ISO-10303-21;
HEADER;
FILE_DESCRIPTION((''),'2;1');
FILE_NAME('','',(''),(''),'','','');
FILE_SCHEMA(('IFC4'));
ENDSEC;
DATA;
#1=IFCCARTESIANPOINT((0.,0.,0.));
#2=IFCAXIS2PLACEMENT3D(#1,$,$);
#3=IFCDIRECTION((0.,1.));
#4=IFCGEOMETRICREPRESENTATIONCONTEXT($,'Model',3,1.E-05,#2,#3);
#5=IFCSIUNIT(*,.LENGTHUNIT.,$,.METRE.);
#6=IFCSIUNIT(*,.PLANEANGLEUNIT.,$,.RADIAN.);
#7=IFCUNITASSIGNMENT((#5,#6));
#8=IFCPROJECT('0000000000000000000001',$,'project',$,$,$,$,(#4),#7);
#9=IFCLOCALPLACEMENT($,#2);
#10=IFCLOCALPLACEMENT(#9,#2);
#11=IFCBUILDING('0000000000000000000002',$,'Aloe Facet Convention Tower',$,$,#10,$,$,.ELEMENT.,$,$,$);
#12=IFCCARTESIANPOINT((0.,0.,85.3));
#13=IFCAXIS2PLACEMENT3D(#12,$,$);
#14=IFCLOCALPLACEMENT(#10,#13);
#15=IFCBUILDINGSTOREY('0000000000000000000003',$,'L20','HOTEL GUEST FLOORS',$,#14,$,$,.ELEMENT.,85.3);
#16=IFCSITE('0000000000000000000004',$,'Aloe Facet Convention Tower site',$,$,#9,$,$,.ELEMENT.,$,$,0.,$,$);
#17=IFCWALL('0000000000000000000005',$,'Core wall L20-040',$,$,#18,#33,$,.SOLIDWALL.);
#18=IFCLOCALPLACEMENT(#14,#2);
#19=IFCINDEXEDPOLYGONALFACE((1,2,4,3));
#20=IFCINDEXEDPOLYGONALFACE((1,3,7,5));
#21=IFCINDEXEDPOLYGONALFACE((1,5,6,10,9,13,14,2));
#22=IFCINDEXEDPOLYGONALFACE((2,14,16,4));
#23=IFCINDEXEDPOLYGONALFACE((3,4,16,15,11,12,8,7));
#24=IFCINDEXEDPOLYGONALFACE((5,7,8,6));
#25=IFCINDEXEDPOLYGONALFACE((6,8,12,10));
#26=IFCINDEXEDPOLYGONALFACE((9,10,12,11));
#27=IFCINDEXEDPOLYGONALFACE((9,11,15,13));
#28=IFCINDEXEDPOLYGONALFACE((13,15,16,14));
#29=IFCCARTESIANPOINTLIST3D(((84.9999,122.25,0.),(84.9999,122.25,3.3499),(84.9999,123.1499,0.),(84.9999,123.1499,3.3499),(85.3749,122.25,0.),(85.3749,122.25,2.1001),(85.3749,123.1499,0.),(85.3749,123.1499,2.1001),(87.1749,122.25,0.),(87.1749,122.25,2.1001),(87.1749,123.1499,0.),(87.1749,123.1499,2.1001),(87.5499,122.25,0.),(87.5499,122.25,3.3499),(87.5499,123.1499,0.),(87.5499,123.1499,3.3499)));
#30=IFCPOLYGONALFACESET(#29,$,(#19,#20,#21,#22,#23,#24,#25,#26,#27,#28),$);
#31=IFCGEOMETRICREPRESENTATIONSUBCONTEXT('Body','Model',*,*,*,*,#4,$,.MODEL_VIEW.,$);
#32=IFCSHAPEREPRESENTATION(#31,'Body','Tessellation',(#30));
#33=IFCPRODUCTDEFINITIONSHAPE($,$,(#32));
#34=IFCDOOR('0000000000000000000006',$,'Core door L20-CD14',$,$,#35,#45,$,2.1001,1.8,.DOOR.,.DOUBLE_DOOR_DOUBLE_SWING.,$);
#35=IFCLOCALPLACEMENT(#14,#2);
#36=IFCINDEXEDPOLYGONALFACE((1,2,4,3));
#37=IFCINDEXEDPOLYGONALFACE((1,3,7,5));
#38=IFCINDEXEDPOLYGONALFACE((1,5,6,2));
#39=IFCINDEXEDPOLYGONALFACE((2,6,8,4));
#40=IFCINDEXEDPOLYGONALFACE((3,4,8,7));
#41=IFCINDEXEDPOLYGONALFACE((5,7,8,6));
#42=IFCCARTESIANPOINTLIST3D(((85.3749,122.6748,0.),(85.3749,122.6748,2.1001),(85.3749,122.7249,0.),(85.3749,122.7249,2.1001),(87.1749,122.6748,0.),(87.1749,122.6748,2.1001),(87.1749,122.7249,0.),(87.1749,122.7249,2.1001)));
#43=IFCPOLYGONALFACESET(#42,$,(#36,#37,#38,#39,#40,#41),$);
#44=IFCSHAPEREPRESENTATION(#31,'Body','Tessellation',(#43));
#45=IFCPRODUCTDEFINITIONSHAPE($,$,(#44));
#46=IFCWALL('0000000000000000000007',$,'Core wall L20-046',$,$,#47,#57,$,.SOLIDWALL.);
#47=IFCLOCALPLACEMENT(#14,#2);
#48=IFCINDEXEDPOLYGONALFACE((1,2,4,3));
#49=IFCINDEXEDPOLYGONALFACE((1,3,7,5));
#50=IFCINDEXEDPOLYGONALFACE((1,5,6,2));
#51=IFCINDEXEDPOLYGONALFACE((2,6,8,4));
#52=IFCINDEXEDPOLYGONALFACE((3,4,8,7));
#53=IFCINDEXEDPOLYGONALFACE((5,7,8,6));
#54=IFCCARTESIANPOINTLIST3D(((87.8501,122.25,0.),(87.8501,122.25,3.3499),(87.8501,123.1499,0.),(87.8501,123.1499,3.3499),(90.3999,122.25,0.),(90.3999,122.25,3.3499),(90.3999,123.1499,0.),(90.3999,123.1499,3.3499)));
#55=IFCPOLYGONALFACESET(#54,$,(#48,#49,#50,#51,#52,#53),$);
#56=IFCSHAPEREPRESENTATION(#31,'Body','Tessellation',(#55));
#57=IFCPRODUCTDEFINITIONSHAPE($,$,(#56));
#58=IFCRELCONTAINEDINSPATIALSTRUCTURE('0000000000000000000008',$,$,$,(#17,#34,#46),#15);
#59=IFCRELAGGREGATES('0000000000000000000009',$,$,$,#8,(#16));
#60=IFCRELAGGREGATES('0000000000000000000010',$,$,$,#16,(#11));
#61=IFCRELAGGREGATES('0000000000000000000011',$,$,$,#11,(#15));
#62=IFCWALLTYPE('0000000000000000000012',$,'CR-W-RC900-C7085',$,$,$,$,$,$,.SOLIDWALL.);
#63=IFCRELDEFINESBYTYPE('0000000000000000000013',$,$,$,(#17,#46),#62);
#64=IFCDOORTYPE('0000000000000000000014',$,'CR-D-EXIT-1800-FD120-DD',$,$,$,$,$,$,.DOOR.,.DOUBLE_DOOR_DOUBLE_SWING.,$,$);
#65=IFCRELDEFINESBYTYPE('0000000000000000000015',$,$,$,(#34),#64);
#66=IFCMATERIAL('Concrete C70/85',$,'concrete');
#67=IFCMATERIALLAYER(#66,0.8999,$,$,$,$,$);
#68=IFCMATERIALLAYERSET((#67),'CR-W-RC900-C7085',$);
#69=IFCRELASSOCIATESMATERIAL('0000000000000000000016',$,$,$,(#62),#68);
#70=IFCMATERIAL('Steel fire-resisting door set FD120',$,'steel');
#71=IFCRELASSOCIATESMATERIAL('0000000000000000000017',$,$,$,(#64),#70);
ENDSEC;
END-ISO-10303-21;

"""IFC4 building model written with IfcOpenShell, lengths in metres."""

from ifc_helpers import new_model, si_unit, direction, frame, frame_2d, origin, place, context, subcontext, project, spatial, rectangle, extrude, material, layer, layer_set, type_object, element, fill, save


model = new_model("IFC4")

# Units and contexts
model_context = context("Model", 3, precision=1e-05, world=origin(), true_north=direction((0.0, 1.0)))
body_context = subcontext(model_context, "Body", "Model", "MODEL_VIEW")
ifc_project = project(units=[si_unit("LENGTHUNIT", "METRE"), si_unit("PLANEANGLEUNIT", "RADIAN")], contexts=[model_context])

# Site, building, storey
site_placement = place(None, origin())
site = spatial("IfcSite", under=ifc_project, at=site_placement, Name="Aloe Facet Convention Tower site", CompositionType="ELEMENT", RefElevation=0.0)
building_placement = place(site_placement, origin())
building = spatial("IfcBuilding", under=site, at=building_placement, Name="Aloe Facet Convention Tower", CompositionType="ELEMENT")
storey_placement = place(building_placement, frame((0.0, 0.0, 85.3)))
storey = spatial("IfcBuildingStorey", under=building, at=storey_placement, Name="L20", Description="HOTEL GUEST FLOORS", CompositionType="ELEMENT", Elevation=85.3)

# Wall, opening, door
ifc_material_1 = material(Name="Concrete C70/85", Category="concrete")
ifc_layer_1 = layer(ifc_material_1, 0.8999)
ifc_layer_set_1 = layer_set([ifc_layer_1], Name="CR-W-RC900-C7085")
wall_type_1 = type_object("IfcWallType", Name="CR-W-RC900-C7085", PredefinedType="SOLIDWALL", material=ifc_layer_set_1)
wall_1_placement = place(storey_placement, frame((85.0, 122.7, 0.0), z_axis=(0.0, 0.0, 1.0), x_axis=(1.0, 0.0, 0.0)))
wall_1 = element("IfcWall", 1, at=wall_1_placement, inside=storey, type_object=wall_type_1, Name="Core wall L20-040", PredefinedType="SOLIDWALL", context=body_context, shape_type="SweptSolid", body=[
    extrude(rectangle(XDim=2.55, YDim=0.8999, at=frame_2d((1.2749, 0.0))), origin(), (0.0, 0.0, 1.0), 3.3499),
])
opening_1_placement = place(wall_1_placement, frame((0.375, 0.0, 0.0)))
opening_1 = element("IfcOpeningElement", 2, at=opening_1_placement, cuts=wall_1, PredefinedType="OPENING", context=body_context, shape_type="SweptSolid", body=[
    extrude(rectangle(XDim=1.8, YDim=2.1001, at=frame_2d((0.8999, 1.05))), frame((0.0, 0.46, 0.0), z_axis=(0.0, -1.0, 0.0), x_axis=(1.0, 0.0, 0.0)), (0.0, 0.0, 1.0), 0.9199),
])
ifc_material_2 = material(Name="Steel fire-resisting door set FD120", Category="steel")
door_type_1 = type_object("IfcDoorType", Name="CR-D-EXIT-1800-FD120-DD", OperationType="DOUBLE_DOOR_DOUBLE_SWING", PredefinedType="DOOR", material=ifc_material_2)
door_1_placement = place(opening_1_placement, origin())
door_1 = element("IfcDoor", 3, at=door_1_placement, inside=storey, type_object=door_type_1, Name="Core door L20-CD14", OperationType="DOUBLE_DOOR_DOUBLE_SWING", OverallHeight=2.1001, OverallWidth=1.8, PredefinedType="DOOR", context=body_context, shape_type="SweptSolid", body=[
    extrude(rectangle(XDim=1.8, YDim=2.1001, at=frame_2d((0.8999, 1.05))), frame((0.0, 0.0249, 0.0), z_axis=(0.0, -1.0, 0.0), x_axis=(1.0, 0.0, 0.0)), (0.0, 0.0, 1.0), 0.05),
])
fill(opening_1, door_1)

# Wall
wall_2_placement = place(storey_placement, frame((87.8501, 122.7, 0.0), z_axis=(0.0, 0.0, 1.0), x_axis=(1.0, 0.0, 0.0)))
element("IfcWall", 4, at=wall_2_placement, inside=storey, type_object=wall_type_1, Name="Core wall L20-046", PredefinedType="SOLIDWALL", context=body_context, shape_type="SweptSolid", body=[
    extrude(rectangle(XDim=2.5498, YDim=0.8999, at=frame_2d((1.2749, 0.0))), origin(), (0.0, 0.0, 1.0), 3.3499),
])

save(model, "model.ifc")
